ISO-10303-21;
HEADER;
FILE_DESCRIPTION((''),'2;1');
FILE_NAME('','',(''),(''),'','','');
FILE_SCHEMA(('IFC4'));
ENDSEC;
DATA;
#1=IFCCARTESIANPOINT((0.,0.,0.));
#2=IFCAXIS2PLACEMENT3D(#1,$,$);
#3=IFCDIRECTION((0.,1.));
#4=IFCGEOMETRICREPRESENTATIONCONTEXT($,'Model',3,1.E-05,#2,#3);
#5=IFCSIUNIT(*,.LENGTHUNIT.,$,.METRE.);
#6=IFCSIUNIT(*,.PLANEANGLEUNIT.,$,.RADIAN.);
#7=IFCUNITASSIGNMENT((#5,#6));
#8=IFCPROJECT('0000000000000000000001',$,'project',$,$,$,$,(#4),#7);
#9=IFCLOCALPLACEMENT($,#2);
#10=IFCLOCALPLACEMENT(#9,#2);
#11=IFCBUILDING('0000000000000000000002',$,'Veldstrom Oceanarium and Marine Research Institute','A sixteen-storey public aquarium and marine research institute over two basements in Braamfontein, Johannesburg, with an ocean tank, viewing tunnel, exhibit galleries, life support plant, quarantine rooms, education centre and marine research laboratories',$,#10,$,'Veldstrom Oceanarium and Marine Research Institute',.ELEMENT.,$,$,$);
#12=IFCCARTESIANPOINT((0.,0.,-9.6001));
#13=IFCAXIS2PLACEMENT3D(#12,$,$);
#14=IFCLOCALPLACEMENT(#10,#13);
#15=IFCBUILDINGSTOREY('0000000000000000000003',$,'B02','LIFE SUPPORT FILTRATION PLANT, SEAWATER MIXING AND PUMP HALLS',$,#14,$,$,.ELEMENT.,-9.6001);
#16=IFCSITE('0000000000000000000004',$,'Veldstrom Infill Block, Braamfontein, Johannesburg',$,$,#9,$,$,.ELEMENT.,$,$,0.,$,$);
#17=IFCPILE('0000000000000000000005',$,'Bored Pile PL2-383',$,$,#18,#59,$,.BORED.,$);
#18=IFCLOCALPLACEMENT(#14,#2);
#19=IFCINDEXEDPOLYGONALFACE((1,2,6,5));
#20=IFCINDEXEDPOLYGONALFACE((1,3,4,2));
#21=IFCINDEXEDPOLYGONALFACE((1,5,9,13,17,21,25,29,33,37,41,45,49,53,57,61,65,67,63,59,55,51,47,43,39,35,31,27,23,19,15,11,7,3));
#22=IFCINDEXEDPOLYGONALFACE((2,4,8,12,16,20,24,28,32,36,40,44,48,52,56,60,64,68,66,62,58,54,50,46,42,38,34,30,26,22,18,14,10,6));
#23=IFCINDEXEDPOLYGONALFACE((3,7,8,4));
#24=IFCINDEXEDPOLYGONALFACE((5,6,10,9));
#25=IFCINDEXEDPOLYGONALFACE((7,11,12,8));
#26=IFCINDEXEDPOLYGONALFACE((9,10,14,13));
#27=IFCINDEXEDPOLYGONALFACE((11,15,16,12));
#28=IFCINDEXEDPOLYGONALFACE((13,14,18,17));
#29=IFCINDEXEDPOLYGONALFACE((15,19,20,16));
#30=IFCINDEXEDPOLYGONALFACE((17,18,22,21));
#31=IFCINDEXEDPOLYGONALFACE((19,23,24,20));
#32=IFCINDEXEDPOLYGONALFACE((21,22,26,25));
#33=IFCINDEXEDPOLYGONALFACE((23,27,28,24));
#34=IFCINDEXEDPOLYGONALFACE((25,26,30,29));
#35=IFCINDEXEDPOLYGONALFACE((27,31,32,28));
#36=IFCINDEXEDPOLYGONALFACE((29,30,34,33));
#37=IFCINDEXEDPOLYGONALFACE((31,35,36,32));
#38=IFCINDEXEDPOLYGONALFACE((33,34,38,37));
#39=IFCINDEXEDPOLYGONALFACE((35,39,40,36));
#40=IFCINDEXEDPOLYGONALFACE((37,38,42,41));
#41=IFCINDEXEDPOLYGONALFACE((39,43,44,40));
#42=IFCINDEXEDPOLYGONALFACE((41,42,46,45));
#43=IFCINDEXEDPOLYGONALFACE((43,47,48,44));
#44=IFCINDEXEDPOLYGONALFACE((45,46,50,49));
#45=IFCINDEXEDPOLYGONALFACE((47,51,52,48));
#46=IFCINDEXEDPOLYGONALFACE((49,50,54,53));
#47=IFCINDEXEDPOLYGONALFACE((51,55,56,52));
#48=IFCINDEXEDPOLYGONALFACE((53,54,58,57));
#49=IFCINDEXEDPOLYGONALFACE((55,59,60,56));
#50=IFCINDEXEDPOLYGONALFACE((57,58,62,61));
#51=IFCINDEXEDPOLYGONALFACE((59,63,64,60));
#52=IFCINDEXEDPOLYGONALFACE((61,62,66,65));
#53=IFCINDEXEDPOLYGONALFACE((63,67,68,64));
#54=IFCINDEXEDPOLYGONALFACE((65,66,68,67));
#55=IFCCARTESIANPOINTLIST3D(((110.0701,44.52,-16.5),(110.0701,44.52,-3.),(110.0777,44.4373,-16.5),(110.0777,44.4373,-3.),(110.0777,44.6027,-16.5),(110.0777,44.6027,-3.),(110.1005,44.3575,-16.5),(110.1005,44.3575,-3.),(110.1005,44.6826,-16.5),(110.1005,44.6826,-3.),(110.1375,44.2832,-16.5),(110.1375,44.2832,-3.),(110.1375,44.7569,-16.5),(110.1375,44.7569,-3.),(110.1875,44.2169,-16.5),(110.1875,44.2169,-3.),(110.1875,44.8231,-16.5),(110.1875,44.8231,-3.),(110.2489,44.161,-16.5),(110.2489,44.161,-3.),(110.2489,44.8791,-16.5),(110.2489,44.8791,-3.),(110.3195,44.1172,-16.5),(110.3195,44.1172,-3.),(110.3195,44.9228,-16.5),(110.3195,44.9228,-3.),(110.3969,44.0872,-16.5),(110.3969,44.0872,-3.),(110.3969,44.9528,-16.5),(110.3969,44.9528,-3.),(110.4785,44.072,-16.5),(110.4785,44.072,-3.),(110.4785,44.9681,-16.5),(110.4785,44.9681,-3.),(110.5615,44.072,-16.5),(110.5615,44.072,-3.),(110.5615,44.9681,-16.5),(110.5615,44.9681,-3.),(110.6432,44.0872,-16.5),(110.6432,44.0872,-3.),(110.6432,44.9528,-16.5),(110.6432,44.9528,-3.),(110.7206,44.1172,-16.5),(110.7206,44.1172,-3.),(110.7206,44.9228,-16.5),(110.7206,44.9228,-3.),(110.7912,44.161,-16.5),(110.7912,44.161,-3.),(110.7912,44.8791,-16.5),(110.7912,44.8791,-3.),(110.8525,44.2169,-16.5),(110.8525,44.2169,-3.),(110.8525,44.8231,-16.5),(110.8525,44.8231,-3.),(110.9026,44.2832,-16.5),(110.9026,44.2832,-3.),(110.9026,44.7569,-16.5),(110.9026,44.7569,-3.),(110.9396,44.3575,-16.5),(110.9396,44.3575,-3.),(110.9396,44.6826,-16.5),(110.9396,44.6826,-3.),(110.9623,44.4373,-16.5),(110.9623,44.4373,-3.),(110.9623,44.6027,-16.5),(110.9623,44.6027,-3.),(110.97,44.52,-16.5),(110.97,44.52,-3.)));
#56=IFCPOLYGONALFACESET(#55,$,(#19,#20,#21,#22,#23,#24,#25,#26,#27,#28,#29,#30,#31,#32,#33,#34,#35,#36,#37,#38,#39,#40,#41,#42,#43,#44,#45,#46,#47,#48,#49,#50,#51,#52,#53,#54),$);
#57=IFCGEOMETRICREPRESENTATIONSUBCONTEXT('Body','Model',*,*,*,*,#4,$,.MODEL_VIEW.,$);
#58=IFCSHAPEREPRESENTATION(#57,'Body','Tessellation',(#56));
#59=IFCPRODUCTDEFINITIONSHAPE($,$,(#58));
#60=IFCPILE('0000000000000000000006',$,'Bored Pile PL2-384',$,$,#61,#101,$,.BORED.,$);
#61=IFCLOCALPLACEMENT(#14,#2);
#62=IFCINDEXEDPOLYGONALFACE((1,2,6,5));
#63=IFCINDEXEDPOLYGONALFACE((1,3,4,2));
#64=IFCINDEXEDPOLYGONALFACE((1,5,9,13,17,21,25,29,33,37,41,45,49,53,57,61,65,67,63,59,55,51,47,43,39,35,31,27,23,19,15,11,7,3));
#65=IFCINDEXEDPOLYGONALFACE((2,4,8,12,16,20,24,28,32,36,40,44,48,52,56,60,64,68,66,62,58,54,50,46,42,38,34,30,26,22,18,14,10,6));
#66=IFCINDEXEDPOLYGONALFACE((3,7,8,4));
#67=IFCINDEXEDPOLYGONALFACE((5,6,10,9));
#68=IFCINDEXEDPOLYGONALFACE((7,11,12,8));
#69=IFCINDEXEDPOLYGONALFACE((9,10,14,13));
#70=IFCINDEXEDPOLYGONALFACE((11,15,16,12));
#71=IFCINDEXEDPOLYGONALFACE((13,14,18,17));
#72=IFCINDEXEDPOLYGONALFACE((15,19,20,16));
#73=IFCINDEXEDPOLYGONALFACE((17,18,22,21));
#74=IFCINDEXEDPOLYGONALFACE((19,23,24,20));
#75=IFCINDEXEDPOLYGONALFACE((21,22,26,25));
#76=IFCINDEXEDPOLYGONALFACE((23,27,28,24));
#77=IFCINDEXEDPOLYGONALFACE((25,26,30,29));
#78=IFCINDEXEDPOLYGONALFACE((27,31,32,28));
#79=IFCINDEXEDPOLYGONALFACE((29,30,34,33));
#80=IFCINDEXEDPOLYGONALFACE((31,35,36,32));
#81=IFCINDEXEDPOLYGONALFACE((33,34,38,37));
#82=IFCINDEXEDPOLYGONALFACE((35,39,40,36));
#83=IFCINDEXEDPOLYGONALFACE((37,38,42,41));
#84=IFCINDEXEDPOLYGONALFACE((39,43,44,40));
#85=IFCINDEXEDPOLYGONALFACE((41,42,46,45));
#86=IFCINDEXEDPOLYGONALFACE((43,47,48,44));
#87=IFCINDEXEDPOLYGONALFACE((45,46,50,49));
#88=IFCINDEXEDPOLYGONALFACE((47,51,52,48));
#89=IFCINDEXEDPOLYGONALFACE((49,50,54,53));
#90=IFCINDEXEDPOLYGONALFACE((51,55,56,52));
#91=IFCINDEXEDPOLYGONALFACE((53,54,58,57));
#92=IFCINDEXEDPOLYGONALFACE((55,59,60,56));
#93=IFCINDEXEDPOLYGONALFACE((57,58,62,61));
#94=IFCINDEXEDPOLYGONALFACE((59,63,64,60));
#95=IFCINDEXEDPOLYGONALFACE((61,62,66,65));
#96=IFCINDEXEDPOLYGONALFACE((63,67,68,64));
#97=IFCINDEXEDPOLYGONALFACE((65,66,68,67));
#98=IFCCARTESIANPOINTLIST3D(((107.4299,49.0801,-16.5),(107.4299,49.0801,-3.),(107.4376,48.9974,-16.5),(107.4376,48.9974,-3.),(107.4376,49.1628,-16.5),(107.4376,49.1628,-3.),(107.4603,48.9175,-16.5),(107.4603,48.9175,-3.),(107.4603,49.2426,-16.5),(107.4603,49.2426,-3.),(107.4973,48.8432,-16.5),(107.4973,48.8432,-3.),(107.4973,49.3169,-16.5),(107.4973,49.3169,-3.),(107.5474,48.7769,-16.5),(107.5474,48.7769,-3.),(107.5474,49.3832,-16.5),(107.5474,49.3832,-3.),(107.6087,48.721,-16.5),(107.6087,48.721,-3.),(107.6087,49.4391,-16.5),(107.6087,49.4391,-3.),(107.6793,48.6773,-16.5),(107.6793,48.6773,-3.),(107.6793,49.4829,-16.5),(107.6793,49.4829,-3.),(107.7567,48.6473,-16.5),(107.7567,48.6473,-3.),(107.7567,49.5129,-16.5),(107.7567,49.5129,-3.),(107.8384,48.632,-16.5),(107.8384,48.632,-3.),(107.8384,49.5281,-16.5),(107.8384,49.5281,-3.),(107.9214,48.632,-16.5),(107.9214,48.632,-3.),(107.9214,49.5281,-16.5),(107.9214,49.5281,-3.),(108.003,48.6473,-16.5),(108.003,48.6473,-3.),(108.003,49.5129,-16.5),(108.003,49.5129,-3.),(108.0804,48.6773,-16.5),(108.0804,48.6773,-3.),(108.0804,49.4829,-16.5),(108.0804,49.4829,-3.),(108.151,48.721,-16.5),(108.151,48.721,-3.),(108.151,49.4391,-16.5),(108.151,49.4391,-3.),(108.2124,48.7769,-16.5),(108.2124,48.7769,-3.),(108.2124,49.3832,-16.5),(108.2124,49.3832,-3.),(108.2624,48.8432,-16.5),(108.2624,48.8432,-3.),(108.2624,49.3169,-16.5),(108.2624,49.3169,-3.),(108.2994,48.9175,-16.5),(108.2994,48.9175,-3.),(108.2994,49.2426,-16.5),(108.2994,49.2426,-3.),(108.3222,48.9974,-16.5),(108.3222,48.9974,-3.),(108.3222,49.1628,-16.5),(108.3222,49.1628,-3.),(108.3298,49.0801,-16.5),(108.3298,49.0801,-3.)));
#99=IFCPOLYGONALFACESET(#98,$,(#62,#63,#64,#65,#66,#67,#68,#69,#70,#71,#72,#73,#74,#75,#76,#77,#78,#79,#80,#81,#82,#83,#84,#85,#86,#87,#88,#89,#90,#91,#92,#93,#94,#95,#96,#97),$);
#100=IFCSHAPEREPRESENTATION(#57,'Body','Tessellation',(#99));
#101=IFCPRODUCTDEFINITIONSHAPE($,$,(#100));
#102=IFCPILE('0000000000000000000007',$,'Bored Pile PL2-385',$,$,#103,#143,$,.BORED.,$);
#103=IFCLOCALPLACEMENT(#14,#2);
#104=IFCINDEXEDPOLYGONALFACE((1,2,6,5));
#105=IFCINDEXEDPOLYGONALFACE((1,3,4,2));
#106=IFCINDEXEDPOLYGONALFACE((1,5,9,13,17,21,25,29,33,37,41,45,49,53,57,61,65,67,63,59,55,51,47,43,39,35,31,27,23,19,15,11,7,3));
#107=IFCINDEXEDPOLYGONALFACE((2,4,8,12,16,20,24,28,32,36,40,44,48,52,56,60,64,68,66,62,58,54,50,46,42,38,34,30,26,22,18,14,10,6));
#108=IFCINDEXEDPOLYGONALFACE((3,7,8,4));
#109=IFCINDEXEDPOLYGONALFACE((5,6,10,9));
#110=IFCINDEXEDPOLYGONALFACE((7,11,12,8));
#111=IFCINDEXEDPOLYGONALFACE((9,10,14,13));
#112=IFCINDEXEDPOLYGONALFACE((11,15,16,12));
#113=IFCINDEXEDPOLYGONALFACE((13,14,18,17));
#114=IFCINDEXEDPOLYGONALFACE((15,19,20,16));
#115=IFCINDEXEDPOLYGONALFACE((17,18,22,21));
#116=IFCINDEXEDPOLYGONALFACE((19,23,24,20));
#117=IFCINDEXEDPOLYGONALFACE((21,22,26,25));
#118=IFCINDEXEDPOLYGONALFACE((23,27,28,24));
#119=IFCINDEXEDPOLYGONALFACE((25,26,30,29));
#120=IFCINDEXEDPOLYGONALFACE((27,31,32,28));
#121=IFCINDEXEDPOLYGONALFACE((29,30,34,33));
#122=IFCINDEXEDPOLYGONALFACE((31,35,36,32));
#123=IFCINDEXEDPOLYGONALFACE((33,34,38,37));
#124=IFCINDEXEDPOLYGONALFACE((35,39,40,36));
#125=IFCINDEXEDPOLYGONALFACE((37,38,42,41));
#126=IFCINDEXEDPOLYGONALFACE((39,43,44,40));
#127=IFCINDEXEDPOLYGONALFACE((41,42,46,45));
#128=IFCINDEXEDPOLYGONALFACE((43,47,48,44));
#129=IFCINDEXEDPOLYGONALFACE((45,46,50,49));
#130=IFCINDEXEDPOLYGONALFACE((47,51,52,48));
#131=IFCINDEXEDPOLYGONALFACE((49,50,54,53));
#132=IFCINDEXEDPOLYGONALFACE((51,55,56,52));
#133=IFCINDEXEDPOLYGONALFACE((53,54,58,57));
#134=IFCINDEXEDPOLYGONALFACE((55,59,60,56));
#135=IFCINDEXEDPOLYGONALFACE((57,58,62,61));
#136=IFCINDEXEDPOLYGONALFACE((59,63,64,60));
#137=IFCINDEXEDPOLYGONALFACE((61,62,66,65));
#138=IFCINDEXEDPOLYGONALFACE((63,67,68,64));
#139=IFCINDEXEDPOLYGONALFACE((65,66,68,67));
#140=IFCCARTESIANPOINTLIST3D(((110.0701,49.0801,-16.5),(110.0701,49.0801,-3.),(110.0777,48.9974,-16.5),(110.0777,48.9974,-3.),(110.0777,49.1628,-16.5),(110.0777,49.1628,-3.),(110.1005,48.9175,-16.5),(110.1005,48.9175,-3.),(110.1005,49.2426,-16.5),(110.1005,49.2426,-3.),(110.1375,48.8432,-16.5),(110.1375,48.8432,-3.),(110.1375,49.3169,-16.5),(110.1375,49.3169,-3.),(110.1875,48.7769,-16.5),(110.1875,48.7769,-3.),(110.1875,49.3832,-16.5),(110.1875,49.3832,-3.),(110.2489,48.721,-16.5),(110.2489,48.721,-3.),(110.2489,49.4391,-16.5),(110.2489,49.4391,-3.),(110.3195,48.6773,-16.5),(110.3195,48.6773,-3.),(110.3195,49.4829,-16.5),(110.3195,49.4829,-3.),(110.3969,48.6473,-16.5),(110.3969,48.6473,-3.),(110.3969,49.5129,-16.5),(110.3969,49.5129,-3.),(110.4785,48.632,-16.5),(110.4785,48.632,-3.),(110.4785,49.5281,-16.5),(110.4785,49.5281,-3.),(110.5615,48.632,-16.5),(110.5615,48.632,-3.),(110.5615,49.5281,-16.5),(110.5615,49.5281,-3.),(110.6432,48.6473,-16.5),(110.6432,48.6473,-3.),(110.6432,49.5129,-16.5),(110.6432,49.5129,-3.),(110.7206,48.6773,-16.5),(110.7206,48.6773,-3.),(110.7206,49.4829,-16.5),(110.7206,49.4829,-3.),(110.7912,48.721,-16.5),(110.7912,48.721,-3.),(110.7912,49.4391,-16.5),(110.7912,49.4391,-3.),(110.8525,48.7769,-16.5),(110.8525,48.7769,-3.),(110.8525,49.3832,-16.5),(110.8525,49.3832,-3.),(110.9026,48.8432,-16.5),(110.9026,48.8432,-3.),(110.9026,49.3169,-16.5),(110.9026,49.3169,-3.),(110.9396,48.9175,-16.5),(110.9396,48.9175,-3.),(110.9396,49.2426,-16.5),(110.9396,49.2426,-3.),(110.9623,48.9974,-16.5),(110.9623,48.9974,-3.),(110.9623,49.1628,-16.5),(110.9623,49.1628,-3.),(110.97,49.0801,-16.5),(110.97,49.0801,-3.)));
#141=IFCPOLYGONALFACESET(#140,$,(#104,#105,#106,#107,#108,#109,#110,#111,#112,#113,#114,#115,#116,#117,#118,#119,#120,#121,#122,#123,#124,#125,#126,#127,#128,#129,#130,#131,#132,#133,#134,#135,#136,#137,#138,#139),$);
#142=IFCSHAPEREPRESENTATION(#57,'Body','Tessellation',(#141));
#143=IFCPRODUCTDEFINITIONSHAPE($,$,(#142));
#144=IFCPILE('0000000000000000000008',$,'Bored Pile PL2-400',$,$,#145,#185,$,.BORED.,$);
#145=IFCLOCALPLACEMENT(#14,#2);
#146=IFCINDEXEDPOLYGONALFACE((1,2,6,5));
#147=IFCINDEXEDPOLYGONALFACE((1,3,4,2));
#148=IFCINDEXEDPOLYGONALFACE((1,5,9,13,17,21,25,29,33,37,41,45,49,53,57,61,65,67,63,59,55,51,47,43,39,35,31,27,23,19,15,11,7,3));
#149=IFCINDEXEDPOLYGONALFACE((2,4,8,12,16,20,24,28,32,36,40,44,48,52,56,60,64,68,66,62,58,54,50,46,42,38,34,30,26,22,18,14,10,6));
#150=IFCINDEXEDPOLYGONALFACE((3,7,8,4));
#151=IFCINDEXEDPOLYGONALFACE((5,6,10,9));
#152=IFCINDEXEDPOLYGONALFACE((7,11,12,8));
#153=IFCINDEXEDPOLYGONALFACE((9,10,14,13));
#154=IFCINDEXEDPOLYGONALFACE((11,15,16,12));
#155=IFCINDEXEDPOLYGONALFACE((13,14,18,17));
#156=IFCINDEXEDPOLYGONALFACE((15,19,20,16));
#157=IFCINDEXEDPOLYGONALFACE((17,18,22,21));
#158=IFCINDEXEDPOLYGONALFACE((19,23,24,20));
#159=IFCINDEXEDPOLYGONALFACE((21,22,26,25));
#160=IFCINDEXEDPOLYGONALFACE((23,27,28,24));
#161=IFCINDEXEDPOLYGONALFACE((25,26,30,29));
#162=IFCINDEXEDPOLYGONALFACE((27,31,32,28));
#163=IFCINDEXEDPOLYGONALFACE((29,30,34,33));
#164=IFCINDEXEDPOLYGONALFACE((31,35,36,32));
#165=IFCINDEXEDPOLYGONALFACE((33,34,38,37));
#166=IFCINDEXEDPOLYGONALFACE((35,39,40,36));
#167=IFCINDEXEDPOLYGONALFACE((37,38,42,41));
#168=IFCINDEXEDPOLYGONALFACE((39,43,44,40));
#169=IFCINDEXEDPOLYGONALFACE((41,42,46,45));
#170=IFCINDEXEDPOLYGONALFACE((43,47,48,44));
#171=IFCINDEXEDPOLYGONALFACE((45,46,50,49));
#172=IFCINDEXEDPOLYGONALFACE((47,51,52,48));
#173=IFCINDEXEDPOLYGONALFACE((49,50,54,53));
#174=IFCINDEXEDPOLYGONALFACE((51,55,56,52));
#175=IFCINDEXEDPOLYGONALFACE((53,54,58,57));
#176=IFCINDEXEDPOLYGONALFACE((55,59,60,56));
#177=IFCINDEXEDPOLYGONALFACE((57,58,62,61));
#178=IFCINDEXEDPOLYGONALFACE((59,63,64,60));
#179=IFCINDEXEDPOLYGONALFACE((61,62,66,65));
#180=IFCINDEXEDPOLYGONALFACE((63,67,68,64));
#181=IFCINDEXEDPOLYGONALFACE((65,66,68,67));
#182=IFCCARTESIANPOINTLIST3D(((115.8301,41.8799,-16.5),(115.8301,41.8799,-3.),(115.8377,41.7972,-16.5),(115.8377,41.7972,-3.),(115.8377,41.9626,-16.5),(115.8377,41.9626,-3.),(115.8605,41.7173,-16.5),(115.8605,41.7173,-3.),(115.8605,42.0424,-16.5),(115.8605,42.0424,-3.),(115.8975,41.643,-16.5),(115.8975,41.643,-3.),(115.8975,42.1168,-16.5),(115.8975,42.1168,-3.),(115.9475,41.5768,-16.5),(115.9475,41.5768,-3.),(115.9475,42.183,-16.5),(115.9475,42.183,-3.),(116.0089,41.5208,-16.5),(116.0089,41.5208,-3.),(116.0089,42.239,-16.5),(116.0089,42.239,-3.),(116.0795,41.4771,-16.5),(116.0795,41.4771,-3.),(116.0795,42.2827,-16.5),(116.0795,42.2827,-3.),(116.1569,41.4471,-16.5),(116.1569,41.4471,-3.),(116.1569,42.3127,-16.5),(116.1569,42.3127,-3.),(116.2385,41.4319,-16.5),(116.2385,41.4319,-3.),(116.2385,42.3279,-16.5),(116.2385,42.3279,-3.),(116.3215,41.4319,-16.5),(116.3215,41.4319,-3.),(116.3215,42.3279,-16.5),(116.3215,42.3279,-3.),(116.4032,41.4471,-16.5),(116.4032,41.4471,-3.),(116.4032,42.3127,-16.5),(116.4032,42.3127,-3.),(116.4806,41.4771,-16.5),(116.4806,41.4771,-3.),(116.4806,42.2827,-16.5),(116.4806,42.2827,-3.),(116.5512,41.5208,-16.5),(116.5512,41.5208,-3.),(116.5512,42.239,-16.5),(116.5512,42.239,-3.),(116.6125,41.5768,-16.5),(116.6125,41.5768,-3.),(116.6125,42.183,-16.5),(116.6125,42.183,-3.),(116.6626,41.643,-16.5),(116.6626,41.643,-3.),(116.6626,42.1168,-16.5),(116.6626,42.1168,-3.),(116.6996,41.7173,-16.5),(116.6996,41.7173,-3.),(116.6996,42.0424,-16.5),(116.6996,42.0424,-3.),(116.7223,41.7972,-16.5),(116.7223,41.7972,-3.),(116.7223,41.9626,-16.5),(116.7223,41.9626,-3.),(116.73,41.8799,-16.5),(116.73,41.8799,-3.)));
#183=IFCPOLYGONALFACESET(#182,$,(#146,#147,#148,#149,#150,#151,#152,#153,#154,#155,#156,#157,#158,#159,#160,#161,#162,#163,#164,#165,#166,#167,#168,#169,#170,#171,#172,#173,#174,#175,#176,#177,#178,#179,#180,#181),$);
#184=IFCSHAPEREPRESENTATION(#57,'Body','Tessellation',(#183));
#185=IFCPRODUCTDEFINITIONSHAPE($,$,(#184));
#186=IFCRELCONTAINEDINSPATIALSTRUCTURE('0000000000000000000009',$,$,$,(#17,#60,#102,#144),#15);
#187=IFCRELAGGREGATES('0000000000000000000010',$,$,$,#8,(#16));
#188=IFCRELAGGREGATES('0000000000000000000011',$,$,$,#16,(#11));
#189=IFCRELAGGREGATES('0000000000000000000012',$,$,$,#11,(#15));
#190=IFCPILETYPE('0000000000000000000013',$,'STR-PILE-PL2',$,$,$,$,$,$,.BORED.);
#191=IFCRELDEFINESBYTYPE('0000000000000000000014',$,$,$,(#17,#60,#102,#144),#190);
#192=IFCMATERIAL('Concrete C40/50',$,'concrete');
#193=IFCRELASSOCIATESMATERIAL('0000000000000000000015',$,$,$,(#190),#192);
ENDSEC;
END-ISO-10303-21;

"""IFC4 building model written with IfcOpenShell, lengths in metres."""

from ifc_helpers import new_model, si_unit, direction, frame, origin, origin_2d, place, context, subcontext, project, spatial, circle, extrude, material, material_profile, profile_set, type_object, element, save


model = new_model("IFC4")

# Units and contexts
model_context = context("Model", 3, precision=1e-05, world=origin(), true_north=direction((0.0, 1.0)))
body_context = subcontext(model_context, "Body", "Model", "MODEL_VIEW")
ifc_project = project(units=[si_unit("LENGTHUNIT", "METRE"), si_unit("PLANEANGLEUNIT", "RADIAN")], contexts=[model_context])

# Site, building, storey
site_placement = place(None, origin())
site = spatial("IfcSite", under=ifc_project, at=site_placement, Name="Veldstrom Infill Block, Braamfontein, Johannesburg", CompositionType="ELEMENT", RefElevation=0.0)
building_placement = place(site_placement, origin())
building = spatial("IfcBuilding", under=site, at=building_placement, Name="Veldstrom Oceanarium and Marine Research Institute", Description="A sixteen-storey public aquarium and marine research institute over two basements in Braamfontein, Johannesburg, with an ocean tank, viewing tunnel, exhibit galleries, life support plant, quarantine rooms, education centre and marine research laboratories", LongName="Veldstrom Oceanarium and Marine Research Institute", CompositionType="ELEMENT")
storey_placement = place(building_placement, frame((0.0, 0.0, -9.6001)))
storey = spatial("IfcBuildingStorey", under=building, at=storey_placement, Name="B02", Description="LIFE SUPPORT FILTRATION PLANT, SEAWATER MIXING AND PUMP HALLS", CompositionType="ELEMENT", Elevation=-9.6001)

# Piles
ifc_material_1 = material(Name="Concrete C40/50", Category="concrete")
ifc_material_profile_1 = material_profile(ifc_material_1, circle(Radius=0.45, at=origin_2d()), Name="PILE-D900")
ifc_profile_set_1 = profile_set([ifc_material_profile_1], Name="Concrete C40/50")
pile_type_1 = type_object("IfcPileType", Name="STR-PILE-PL2", PredefinedType="BORED", material=ifc_profile_set_1)
for number, where, z_axis, x_axis, name in (
    (1, (110.52, 44.52, -3.0), (0.0, 0.0, -1.0), (1.0, 0.0, 0.0), "Bored Pile PL2-383"),
    (2, (107.8799, 49.0801, -3.0), (0.0, 0.0, -1.0), (1.0, 0.0, 0.0), "Bored Pile PL2-384"),
    (3, (110.52, 49.0801, -3.0), (0.0, 0.0, -1.0), (1.0, 0.0, 0.0), "Bored Pile PL2-385"),
    (4, (116.28, 41.8799, -3.0), (0.0, 0.0, -1.0), (1.0, 0.0, 0.0), "Bored Pile PL2-400"),
):
    element("IfcPile", number, at=place(storey_placement, frame(where, z_axis=z_axis, x_axis=x_axis)), inside=storey, type_object=pile_type_1, Name=name, PredefinedType="BORED", context=body_context, shape_type="SweptSolid", body=[
        extrude(circle(Radius=0.45, at=origin_2d()), origin(), (0.0, 0.0, 1.0), 13.5),
    ])

save(model, "model.ifc")
